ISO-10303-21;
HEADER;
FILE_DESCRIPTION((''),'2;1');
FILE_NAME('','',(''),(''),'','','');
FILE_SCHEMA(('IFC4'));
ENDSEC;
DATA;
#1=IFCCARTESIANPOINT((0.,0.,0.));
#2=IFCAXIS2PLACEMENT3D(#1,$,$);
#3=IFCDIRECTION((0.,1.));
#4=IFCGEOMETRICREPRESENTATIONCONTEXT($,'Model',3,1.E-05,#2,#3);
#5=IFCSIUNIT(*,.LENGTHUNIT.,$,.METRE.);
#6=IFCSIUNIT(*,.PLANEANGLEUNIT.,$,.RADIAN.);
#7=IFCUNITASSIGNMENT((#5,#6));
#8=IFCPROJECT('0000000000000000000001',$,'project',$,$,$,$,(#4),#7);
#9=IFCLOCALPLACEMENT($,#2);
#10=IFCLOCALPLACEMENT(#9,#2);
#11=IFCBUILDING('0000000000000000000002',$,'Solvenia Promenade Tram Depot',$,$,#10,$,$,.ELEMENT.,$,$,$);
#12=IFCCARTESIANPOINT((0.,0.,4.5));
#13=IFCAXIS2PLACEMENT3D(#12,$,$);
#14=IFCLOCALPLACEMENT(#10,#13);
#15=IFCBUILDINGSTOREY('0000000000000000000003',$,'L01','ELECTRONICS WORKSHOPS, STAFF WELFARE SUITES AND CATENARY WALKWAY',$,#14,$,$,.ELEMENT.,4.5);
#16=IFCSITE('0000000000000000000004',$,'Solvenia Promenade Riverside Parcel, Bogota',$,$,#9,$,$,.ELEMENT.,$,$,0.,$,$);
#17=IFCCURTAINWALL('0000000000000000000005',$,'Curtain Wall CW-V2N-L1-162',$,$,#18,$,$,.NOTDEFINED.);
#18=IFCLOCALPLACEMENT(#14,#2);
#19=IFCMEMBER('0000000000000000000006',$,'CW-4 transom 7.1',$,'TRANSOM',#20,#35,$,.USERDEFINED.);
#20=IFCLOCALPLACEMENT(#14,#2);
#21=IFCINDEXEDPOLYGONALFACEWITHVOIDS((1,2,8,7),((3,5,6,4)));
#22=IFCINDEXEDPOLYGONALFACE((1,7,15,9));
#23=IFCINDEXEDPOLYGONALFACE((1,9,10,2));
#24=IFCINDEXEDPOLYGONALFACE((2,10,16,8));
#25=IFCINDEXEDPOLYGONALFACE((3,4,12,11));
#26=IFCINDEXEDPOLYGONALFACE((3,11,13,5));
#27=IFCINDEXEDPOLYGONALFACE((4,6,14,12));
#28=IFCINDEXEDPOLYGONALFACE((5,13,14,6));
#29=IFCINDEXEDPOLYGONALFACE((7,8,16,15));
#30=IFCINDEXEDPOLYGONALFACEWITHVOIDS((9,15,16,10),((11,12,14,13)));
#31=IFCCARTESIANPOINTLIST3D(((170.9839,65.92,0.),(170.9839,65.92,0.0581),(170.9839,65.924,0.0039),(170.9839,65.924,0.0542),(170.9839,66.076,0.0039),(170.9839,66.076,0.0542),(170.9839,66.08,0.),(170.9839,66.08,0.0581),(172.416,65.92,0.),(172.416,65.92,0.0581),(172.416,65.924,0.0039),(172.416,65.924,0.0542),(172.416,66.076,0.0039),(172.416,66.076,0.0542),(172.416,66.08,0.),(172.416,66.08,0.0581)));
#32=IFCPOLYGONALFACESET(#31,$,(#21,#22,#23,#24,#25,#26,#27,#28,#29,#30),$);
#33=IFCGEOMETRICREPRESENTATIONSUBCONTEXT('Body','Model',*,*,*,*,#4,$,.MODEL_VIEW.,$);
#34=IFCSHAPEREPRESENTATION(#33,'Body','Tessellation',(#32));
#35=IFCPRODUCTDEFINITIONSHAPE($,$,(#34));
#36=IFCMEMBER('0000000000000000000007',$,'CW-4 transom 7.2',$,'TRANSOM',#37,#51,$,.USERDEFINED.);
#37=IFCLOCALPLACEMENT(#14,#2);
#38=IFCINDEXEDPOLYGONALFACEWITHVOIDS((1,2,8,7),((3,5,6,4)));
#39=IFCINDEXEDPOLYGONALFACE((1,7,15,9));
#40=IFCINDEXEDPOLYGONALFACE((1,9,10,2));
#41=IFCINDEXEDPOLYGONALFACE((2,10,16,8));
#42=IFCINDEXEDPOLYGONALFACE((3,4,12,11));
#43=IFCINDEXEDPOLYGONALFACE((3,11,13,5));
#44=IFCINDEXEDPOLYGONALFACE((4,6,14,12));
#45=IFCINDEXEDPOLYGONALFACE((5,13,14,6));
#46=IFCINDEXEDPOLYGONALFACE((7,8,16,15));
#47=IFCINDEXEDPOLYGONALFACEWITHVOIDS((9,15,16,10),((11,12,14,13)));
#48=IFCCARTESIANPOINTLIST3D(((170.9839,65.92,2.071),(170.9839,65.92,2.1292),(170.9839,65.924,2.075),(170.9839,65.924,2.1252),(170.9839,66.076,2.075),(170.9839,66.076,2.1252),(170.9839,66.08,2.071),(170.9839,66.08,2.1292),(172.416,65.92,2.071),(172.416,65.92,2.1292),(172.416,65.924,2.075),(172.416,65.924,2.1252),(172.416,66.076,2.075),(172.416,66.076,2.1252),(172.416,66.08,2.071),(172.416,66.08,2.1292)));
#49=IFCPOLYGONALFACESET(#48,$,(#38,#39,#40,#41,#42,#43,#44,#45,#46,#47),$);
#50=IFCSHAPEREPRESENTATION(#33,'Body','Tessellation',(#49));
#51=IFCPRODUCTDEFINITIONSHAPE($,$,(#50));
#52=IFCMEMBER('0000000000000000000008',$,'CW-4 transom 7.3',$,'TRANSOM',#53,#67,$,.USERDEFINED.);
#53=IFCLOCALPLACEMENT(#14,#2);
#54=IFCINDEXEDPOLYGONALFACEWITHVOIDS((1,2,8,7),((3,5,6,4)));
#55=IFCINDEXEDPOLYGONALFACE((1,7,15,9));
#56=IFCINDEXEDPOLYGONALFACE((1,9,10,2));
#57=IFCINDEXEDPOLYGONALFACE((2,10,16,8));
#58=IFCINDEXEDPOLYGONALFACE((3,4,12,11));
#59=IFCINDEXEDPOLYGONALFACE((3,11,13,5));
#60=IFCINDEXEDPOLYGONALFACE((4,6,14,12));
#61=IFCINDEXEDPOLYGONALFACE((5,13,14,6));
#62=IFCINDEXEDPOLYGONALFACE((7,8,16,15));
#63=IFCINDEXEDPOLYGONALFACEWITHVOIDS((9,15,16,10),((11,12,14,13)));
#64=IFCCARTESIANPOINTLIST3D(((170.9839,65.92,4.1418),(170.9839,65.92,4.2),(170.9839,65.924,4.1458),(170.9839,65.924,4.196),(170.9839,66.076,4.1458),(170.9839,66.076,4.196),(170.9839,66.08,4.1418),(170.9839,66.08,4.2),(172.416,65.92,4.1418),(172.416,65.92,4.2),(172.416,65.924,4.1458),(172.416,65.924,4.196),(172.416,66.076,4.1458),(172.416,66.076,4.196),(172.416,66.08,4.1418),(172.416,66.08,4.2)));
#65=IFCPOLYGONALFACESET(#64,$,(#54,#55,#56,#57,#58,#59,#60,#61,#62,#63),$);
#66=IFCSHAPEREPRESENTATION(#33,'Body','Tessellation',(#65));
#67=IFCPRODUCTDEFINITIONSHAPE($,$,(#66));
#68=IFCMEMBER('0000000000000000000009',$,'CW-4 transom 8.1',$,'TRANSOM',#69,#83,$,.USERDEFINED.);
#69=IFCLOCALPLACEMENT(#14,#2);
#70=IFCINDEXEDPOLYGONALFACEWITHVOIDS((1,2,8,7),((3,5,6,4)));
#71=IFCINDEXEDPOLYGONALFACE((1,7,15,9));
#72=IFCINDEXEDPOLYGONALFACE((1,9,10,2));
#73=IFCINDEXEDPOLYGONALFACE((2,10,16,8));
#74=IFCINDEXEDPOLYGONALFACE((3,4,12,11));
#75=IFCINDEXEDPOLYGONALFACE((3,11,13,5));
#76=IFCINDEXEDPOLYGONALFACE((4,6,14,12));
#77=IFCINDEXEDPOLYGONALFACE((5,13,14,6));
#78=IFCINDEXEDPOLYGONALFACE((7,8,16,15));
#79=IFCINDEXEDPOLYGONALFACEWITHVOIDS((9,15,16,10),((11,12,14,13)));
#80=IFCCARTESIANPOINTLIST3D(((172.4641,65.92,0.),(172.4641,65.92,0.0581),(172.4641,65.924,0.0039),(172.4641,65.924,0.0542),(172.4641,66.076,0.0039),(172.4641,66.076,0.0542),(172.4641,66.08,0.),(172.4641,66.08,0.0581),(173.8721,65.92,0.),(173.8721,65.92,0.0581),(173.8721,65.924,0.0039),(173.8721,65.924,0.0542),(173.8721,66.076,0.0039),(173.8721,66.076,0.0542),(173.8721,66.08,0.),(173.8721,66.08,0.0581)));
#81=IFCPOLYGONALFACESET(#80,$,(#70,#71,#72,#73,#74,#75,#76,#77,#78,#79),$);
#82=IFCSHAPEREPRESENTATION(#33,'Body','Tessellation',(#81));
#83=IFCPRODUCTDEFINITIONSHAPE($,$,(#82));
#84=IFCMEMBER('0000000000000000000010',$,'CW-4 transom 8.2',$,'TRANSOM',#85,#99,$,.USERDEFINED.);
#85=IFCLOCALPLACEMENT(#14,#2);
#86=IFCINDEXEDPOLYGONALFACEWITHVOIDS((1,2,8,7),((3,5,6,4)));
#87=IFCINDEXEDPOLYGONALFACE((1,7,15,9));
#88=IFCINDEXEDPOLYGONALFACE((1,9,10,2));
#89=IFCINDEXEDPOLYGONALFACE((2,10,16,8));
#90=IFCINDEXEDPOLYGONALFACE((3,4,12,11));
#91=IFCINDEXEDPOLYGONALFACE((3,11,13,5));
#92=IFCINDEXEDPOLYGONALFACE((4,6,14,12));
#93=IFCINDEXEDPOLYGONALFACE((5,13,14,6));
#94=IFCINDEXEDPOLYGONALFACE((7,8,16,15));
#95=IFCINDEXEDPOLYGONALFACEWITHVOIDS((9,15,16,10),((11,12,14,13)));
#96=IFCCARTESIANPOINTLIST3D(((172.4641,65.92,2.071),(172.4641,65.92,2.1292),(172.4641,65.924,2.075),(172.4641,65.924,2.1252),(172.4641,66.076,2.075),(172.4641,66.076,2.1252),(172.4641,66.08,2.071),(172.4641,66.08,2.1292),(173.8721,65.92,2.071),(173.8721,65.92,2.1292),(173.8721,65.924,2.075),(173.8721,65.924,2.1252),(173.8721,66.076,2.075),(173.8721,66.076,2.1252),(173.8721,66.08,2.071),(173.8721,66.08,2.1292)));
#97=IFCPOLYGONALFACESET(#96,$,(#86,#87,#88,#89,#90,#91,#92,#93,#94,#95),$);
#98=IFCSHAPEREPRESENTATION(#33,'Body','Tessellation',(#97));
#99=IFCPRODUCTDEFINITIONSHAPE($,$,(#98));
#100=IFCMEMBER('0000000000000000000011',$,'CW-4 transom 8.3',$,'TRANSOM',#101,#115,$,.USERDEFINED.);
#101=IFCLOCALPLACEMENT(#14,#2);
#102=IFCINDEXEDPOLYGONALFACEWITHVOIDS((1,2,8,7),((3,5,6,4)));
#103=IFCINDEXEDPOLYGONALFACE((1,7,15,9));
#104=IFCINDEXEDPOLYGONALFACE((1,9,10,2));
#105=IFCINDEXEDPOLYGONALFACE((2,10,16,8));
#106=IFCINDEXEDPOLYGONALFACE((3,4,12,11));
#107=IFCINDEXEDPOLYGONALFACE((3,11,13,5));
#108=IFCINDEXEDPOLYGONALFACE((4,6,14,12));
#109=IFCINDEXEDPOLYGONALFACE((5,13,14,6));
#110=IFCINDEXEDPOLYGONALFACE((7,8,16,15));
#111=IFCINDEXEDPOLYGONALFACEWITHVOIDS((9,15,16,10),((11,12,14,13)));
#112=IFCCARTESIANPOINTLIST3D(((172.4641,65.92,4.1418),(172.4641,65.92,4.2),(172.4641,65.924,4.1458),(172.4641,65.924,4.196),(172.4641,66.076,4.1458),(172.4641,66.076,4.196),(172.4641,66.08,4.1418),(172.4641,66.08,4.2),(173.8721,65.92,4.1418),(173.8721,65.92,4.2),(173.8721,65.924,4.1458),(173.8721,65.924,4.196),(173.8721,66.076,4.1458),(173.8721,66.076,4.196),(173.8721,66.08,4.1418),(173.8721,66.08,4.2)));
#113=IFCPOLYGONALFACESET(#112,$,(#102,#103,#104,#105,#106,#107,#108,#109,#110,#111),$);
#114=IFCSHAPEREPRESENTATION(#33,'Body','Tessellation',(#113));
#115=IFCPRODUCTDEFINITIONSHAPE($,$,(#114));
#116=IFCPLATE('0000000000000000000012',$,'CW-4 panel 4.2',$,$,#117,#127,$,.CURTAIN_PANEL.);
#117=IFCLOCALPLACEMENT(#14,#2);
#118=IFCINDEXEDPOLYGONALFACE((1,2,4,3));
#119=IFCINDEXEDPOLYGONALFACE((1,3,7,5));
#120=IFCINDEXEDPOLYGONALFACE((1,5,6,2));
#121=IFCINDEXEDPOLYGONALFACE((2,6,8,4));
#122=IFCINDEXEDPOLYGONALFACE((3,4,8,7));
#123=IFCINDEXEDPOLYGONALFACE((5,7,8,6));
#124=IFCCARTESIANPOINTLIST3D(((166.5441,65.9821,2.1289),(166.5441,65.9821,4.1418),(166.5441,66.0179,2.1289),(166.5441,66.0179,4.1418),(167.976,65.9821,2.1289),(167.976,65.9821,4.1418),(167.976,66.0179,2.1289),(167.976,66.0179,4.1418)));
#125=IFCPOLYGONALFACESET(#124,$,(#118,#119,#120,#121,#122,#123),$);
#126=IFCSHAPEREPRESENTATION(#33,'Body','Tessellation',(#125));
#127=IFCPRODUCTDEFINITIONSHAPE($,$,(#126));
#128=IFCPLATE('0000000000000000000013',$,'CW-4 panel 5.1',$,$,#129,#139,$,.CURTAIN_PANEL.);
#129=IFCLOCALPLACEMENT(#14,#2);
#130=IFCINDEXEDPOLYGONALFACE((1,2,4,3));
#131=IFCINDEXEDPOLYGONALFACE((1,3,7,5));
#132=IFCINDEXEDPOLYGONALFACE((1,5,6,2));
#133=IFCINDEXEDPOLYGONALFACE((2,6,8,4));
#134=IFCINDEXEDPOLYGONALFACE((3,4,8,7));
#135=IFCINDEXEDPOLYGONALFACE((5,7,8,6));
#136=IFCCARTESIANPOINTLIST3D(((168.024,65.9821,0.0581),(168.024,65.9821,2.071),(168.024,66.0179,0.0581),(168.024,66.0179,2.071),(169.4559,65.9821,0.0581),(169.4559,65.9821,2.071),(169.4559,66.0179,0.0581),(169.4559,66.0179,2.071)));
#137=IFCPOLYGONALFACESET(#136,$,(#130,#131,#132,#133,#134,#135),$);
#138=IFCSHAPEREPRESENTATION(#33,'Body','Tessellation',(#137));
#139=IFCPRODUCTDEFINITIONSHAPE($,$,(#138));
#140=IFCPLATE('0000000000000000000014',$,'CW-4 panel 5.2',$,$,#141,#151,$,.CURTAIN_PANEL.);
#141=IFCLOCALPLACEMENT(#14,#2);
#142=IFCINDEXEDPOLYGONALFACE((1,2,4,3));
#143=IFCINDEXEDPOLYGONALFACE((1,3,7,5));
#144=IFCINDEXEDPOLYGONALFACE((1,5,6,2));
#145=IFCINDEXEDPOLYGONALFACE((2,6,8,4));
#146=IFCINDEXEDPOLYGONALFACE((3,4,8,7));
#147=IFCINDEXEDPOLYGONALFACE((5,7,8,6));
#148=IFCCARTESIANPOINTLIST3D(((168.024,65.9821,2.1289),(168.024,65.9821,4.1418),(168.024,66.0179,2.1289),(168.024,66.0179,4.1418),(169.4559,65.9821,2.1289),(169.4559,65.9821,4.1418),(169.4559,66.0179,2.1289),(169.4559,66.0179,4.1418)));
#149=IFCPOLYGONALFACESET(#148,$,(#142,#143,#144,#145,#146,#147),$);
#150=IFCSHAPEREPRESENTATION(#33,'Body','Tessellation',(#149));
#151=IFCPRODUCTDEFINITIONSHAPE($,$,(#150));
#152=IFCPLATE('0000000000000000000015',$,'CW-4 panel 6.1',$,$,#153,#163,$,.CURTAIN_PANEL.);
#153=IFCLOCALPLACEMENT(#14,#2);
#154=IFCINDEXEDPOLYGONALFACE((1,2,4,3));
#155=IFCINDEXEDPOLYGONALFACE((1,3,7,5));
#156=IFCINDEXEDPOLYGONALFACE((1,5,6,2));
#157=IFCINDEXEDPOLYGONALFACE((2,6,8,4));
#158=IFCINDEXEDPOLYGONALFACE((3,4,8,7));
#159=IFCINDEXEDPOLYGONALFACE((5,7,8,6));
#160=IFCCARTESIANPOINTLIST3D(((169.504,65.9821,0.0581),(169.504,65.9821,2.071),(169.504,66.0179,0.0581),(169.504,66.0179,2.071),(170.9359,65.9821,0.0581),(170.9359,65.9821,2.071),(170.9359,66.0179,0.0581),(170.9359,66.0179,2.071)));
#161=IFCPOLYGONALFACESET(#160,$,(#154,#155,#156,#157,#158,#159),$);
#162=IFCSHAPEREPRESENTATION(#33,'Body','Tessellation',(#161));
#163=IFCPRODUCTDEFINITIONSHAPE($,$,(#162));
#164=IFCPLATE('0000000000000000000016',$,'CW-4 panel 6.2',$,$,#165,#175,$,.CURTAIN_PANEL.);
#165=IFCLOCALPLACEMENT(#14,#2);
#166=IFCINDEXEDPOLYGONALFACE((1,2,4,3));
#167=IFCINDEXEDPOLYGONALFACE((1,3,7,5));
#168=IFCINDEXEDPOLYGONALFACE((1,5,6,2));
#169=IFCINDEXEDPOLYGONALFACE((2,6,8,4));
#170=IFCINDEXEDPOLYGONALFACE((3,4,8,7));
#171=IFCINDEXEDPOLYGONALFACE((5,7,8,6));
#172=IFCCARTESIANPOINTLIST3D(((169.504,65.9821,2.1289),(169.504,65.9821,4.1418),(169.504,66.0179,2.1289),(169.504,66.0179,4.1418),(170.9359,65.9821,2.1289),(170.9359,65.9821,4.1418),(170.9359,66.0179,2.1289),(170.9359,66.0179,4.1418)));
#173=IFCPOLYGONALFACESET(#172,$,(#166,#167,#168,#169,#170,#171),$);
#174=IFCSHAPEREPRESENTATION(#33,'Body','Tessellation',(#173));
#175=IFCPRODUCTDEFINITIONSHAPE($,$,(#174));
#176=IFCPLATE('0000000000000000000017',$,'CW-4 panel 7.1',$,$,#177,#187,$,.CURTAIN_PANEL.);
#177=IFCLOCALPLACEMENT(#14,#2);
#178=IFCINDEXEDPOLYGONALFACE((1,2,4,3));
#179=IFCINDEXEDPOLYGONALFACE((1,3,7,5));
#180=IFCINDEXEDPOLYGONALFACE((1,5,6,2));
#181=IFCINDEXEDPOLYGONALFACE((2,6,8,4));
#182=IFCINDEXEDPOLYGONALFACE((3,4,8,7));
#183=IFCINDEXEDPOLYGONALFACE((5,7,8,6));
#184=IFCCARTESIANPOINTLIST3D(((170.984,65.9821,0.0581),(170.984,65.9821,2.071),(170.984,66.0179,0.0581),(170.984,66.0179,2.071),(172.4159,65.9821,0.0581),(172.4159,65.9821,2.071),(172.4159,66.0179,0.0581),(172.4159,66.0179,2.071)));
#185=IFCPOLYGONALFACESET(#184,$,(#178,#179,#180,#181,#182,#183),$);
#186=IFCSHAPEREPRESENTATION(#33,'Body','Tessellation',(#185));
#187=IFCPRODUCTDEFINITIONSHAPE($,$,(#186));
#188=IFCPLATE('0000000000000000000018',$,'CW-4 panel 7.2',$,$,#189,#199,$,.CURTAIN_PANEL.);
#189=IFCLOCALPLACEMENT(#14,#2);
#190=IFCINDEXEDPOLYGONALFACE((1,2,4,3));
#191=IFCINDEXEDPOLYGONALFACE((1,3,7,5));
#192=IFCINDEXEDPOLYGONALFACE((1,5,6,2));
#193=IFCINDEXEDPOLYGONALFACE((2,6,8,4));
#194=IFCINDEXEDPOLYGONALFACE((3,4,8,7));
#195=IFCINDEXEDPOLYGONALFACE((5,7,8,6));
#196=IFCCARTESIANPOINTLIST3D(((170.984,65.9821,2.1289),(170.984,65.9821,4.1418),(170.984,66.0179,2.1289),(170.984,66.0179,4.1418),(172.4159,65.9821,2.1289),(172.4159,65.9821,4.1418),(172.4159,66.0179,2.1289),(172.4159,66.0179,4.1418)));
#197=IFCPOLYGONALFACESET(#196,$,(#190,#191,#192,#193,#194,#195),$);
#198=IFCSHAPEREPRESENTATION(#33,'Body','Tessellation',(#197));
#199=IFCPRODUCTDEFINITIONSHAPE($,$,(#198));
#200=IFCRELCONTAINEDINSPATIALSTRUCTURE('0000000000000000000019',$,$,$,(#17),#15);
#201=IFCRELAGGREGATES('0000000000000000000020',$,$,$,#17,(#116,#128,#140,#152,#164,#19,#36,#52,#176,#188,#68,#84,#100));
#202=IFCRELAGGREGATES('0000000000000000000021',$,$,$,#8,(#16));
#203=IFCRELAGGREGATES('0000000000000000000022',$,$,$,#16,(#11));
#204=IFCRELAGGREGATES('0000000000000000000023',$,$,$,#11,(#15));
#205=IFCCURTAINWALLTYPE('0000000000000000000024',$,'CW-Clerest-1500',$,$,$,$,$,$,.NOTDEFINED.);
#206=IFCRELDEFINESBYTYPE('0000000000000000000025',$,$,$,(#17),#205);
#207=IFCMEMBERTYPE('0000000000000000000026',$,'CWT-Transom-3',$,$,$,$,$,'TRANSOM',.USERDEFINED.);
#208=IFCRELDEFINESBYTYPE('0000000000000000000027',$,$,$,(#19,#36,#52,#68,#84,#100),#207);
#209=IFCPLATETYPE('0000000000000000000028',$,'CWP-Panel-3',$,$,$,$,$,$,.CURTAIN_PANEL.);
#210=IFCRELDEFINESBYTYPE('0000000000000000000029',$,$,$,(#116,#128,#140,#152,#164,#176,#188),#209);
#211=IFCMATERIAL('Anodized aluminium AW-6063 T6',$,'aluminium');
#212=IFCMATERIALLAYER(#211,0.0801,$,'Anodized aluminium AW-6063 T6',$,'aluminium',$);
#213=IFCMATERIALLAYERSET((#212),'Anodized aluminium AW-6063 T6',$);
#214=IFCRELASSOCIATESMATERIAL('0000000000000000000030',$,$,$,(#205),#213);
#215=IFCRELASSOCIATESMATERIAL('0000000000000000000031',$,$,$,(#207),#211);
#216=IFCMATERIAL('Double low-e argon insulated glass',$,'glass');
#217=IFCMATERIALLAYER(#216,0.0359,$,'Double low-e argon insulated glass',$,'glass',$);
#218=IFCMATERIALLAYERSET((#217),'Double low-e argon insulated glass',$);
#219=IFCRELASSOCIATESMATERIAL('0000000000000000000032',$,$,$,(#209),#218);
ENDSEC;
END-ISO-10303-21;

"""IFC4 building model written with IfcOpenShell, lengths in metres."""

from ifc_helpers import new_model, si_unit, direction, frame, origin, origin_2d, place, context, subcontext, project, spatial, rectangle, hollow_rectangle, extrude, material, layer, layer_set, material_profile, profile_set, type_object, element, aggregate, save


model = new_model("IFC4")

# Units and contexts
model_context = context("Model", 3, precision=1e-05, world=origin(), true_north=direction((0.0, 1.0)))
body_context = subcontext(model_context, "Body", "Model", "MODEL_VIEW")
ifc_project = project(units=[si_unit("LENGTHUNIT", "METRE"), si_unit("PLANEANGLEUNIT", "RADIAN")], contexts=[model_context])

# Site, building, storey
site_placement = place(None, origin())
site = spatial("IfcSite", under=ifc_project, at=site_placement, Name="Solvenia Promenade Riverside Parcel, Bogota", CompositionType="ELEMENT", RefElevation=0.0)
building_placement = place(site_placement, origin())
building = spatial("IfcBuilding", under=site, at=building_placement, Name="Solvenia Promenade Tram Depot", CompositionType="ELEMENT")
storey_placement = place(building_placement, frame((0.0, 0.0, 4.5)))
storey = spatial("IfcBuildingStorey", under=building, at=storey_placement, Name="L01", Description="ELECTRONICS WORKSHOPS, STAFF WELFARE SUITES AND CATENARY WALKWAY", CompositionType="ELEMENT", Elevation=4.5)

# Curtain wall, members, plates
ifc_material_1 = material(Name="Anodized aluminium AW-6063 T6", Category="aluminium")
ifc_layer_1 = layer(ifc_material_1, 0.0801, Name="Anodized aluminium AW-6063 T6", Category="aluminium")
ifc_layer_set_1 = layer_set([ifc_layer_1], Name="Anodized aluminium AW-6063 T6")
curtain_wall_type = type_object("IfcCurtainWallType", Name="CW-Clerest-1500", PredefinedType="NOTDEFINED", material=ifc_layer_set_1)
curtain_wall_placement = place(storey_placement, origin())
curtain_wall = element("IfcCurtainWall", 1, at=curtain_wall_placement, inside=storey, type_object=curtain_wall_type, Name="Curtain Wall CW-V2N-L1-162", PredefinedType="NOTDEFINED")
ifc_material_profile_1 = material_profile(ifc_material_1, hollow_rectangle(XDim=0.1599, YDim=0.0581, WallThickness=0.0039, at=origin_2d()), Name="ALU-T3", Category="aluminium")
ifc_profile_set_1 = profile_set([ifc_material_profile_1], Name="Anodized aluminium AW-6063 T6")
member_type_1 = type_object("IfcMemberType", Name="CWT-Transom-3", ElementType="TRANSOM", PredefinedType="USERDEFINED", material=ifc_profile_set_1)
member_1_placement = place(storey_placement, frame((170.9839, 66.0, 0.0291), z_axis=(1.0, 0.0, 0.0), x_axis=(0.0, 1.0, 0.0)))
member_1 = element("IfcMember", 2, at=member_1_placement, type_object=member_type_1, Name="CW-4 transom 7.1", ObjectType="TRANSOM", PredefinedType="USERDEFINED", context=body_context, shape_type="SweptSolid", body=[
    extrude(hollow_rectangle(XDim=0.1599, YDim=0.0581, WallThickness=0.0039, at=origin_2d()), origin(), (0.0, 0.0, 1.0), 1.4321),
])
member_2_placement = place(storey_placement, frame((170.9839, 66.0, 2.1001), z_axis=(1.0, 0.0, 0.0), x_axis=(0.0, 1.0, 0.0)))
member_2 = element("IfcMember", 3, at=member_2_placement, type_object=member_type_1, Name="CW-4 transom 7.2", ObjectType="TRANSOM", PredefinedType="USERDEFINED", context=body_context, shape_type="SweptSolid", body=[
    extrude(hollow_rectangle(XDim=0.1599, YDim=0.0581, WallThickness=0.0039, at=origin_2d()), origin(), (0.0, 0.0, 1.0), 1.4321),
])
member_3_placement = place(storey_placement, frame((170.9839, 66.0, 4.1709), z_axis=(1.0, 0.0, 0.0), x_axis=(0.0, 1.0, 0.0)))
member_3 = element("IfcMember", 4, at=member_3_placement, type_object=member_type_1, Name="CW-4 transom 7.3", ObjectType="TRANSOM", PredefinedType="USERDEFINED", context=body_context, shape_type="SweptSolid", body=[
    extrude(hollow_rectangle(XDim=0.1599, YDim=0.0581, WallThickness=0.0039, at=origin_2d()), origin(), (0.0, 0.0, 1.0), 1.4321),
])
member_4_placement = place(storey_placement, frame((172.4641, 66.0, 0.0291), z_axis=(1.0, 0.0, 0.0), x_axis=(0.0, 1.0, 0.0)))
member_4 = element("IfcMember", 5, at=member_4_placement, type_object=member_type_1, Name="CW-4 transom 8.1", ObjectType="TRANSOM", PredefinedType="USERDEFINED", context=body_context, shape_type="SweptSolid", body=[
    extrude(hollow_rectangle(XDim=0.1599, YDim=0.0581, WallThickness=0.0039, at=origin_2d()), origin(), (0.0, 0.0, 1.0), 1.408),
])
member_5_placement = place(storey_placement, frame((172.4641, 66.0, 2.1001), z_axis=(1.0, 0.0, 0.0), x_axis=(0.0, 1.0, 0.0)))
member_5 = element("IfcMember", 6, at=member_5_placement, type_object=member_type_1, Name="CW-4 transom 8.2", ObjectType="TRANSOM", PredefinedType="USERDEFINED", context=body_context, shape_type="SweptSolid", body=[
    extrude(hollow_rectangle(XDim=0.1599, YDim=0.0581, WallThickness=0.0039, at=origin_2d()), origin(), (0.0, 0.0, 1.0), 1.408),
])
member_6_placement = place(storey_placement, frame((172.4641, 66.0, 4.1709), z_axis=(1.0, 0.0, 0.0), x_axis=(0.0, 1.0, 0.0)))
member_6 = element("IfcMember", 7, at=member_6_placement, type_object=member_type_1, Name="CW-4 transom 8.3", ObjectType="TRANSOM", PredefinedType="USERDEFINED", context=body_context, shape_type="SweptSolid", body=[
    extrude(hollow_rectangle(XDim=0.1599, YDim=0.0581, WallThickness=0.0039, at=origin_2d()), origin(), (0.0, 0.0, 1.0), 1.408),
])
ifc_material_2 = material(Name="Double low-e argon insulated glass", Category="glass")
ifc_layer_2 = layer(ifc_material_2, 0.0359, Name="Double low-e argon insulated glass", Category="glass")
ifc_layer_set_2 = layer_set([ifc_layer_2], Name="Double low-e argon insulated glass")
plate_type = type_object("IfcPlateType", Name="CWP-Panel-3", PredefinedType="CURTAIN_PANEL", material=ifc_layer_set_2)
plate_1_placement = place(storey_placement, frame((167.26, 66.0, 2.1289), z_axis=(0.0, 0.0, 1.0), x_axis=(1.0, 0.0, 0.0)))
plate_1 = element("IfcPlate", 8, at=plate_1_placement, type_object=plate_type, Name="CW-4 panel 4.2", PredefinedType="CURTAIN_PANEL", context=body_context, shape_type="SweptSolid", body=[
    extrude(rectangle(XDim=1.4319, YDim=0.0359, at=origin_2d()), origin(), (0.0, 0.0, 1.0), 2.0129),
])
plate_2_placement = place(storey_placement, frame((168.74, 66.0, 0.0581), z_axis=(0.0, 0.0, 1.0), x_axis=(1.0, 0.0, 0.0)))
plate_2 = element("IfcPlate", 9, at=plate_2_placement, type_object=plate_type, Name="CW-4 panel 5.1", PredefinedType="CURTAIN_PANEL", context=body_context, shape_type="SweptSolid", body=[
    extrude(rectangle(XDim=1.4319, YDim=0.0359, at=origin_2d()), origin(), (0.0, 0.0, 1.0), 2.0129),
])
plate_3_placement = place(storey_placement, frame((168.74, 66.0, 2.1289), z_axis=(0.0, 0.0, 1.0), x_axis=(1.0, 0.0, 0.0)))
plate_3 = element("IfcPlate", 10, at=plate_3_placement, type_object=plate_type, Name="CW-4 panel 5.2", PredefinedType="CURTAIN_PANEL", context=body_context, shape_type="SweptSolid", body=[
    extrude(rectangle(XDim=1.4319, YDim=0.0359, at=origin_2d()), origin(), (0.0, 0.0, 1.0), 2.0129),
])
plate_4_placement = place(storey_placement, frame((170.22, 66.0, 0.0581), z_axis=(0.0, 0.0, 1.0), x_axis=(1.0, 0.0, 0.0)))
plate_4 = element("IfcPlate", 11, at=plate_4_placement, type_object=plate_type, Name="CW-4 panel 6.1", PredefinedType="CURTAIN_PANEL", context=body_context, shape_type="SweptSolid", body=[
    extrude(rectangle(XDim=1.4319, YDim=0.0359, at=origin_2d()), origin(), (0.0, 0.0, 1.0), 2.0129),
])
plate_5_placement = place(storey_placement, frame((170.22, 66.0, 2.1289), z_axis=(0.0, 0.0, 1.0), x_axis=(1.0, 0.0, 0.0)))
plate_5 = element("IfcPlate", 12, at=plate_5_placement, type_object=plate_type, Name="CW-4 panel 6.2", PredefinedType="CURTAIN_PANEL", context=body_context, shape_type="SweptSolid", body=[
    extrude(rectangle(XDim=1.4319, YDim=0.0359, at=origin_2d()), origin(), (0.0, 0.0, 1.0), 2.0129),
])
plate_6_placement = place(storey_placement, frame((171.7, 66.0, 0.0581), z_axis=(0.0, 0.0, 1.0), x_axis=(1.0, 0.0, 0.0)))
plate_6 = element("IfcPlate", 13, at=plate_6_placement, type_object=plate_type, Name="CW-4 panel 7.1", PredefinedType="CURTAIN_PANEL", context=body_context, shape_type="SweptSolid", body=[
    extrude(rectangle(XDim=1.4319, YDim=0.0359, at=origin_2d()), origin(), (0.0, 0.0, 1.0), 2.0129),
])
plate_7_placement = place(storey_placement, frame((171.7, 66.0, 2.1289), z_axis=(0.0, 0.0, 1.0), x_axis=(1.0, 0.0, 0.0)))
plate_7 = element("IfcPlate", 14, at=plate_7_placement, type_object=plate_type, Name="CW-4 panel 7.2", PredefinedType="CURTAIN_PANEL", context=body_context, shape_type="SweptSolid", body=[
    extrude(rectangle(XDim=1.4319, YDim=0.0359, at=origin_2d()), origin(), (0.0, 0.0, 1.0), 2.0129),
])
aggregate(curtain_wall, [plate_1, plate_2, plate_3, plate_4, plate_5, member_1, member_2, member_3, plate_6, plate_7, member_4, member_5, member_6])

save(model, "model.ifc")
